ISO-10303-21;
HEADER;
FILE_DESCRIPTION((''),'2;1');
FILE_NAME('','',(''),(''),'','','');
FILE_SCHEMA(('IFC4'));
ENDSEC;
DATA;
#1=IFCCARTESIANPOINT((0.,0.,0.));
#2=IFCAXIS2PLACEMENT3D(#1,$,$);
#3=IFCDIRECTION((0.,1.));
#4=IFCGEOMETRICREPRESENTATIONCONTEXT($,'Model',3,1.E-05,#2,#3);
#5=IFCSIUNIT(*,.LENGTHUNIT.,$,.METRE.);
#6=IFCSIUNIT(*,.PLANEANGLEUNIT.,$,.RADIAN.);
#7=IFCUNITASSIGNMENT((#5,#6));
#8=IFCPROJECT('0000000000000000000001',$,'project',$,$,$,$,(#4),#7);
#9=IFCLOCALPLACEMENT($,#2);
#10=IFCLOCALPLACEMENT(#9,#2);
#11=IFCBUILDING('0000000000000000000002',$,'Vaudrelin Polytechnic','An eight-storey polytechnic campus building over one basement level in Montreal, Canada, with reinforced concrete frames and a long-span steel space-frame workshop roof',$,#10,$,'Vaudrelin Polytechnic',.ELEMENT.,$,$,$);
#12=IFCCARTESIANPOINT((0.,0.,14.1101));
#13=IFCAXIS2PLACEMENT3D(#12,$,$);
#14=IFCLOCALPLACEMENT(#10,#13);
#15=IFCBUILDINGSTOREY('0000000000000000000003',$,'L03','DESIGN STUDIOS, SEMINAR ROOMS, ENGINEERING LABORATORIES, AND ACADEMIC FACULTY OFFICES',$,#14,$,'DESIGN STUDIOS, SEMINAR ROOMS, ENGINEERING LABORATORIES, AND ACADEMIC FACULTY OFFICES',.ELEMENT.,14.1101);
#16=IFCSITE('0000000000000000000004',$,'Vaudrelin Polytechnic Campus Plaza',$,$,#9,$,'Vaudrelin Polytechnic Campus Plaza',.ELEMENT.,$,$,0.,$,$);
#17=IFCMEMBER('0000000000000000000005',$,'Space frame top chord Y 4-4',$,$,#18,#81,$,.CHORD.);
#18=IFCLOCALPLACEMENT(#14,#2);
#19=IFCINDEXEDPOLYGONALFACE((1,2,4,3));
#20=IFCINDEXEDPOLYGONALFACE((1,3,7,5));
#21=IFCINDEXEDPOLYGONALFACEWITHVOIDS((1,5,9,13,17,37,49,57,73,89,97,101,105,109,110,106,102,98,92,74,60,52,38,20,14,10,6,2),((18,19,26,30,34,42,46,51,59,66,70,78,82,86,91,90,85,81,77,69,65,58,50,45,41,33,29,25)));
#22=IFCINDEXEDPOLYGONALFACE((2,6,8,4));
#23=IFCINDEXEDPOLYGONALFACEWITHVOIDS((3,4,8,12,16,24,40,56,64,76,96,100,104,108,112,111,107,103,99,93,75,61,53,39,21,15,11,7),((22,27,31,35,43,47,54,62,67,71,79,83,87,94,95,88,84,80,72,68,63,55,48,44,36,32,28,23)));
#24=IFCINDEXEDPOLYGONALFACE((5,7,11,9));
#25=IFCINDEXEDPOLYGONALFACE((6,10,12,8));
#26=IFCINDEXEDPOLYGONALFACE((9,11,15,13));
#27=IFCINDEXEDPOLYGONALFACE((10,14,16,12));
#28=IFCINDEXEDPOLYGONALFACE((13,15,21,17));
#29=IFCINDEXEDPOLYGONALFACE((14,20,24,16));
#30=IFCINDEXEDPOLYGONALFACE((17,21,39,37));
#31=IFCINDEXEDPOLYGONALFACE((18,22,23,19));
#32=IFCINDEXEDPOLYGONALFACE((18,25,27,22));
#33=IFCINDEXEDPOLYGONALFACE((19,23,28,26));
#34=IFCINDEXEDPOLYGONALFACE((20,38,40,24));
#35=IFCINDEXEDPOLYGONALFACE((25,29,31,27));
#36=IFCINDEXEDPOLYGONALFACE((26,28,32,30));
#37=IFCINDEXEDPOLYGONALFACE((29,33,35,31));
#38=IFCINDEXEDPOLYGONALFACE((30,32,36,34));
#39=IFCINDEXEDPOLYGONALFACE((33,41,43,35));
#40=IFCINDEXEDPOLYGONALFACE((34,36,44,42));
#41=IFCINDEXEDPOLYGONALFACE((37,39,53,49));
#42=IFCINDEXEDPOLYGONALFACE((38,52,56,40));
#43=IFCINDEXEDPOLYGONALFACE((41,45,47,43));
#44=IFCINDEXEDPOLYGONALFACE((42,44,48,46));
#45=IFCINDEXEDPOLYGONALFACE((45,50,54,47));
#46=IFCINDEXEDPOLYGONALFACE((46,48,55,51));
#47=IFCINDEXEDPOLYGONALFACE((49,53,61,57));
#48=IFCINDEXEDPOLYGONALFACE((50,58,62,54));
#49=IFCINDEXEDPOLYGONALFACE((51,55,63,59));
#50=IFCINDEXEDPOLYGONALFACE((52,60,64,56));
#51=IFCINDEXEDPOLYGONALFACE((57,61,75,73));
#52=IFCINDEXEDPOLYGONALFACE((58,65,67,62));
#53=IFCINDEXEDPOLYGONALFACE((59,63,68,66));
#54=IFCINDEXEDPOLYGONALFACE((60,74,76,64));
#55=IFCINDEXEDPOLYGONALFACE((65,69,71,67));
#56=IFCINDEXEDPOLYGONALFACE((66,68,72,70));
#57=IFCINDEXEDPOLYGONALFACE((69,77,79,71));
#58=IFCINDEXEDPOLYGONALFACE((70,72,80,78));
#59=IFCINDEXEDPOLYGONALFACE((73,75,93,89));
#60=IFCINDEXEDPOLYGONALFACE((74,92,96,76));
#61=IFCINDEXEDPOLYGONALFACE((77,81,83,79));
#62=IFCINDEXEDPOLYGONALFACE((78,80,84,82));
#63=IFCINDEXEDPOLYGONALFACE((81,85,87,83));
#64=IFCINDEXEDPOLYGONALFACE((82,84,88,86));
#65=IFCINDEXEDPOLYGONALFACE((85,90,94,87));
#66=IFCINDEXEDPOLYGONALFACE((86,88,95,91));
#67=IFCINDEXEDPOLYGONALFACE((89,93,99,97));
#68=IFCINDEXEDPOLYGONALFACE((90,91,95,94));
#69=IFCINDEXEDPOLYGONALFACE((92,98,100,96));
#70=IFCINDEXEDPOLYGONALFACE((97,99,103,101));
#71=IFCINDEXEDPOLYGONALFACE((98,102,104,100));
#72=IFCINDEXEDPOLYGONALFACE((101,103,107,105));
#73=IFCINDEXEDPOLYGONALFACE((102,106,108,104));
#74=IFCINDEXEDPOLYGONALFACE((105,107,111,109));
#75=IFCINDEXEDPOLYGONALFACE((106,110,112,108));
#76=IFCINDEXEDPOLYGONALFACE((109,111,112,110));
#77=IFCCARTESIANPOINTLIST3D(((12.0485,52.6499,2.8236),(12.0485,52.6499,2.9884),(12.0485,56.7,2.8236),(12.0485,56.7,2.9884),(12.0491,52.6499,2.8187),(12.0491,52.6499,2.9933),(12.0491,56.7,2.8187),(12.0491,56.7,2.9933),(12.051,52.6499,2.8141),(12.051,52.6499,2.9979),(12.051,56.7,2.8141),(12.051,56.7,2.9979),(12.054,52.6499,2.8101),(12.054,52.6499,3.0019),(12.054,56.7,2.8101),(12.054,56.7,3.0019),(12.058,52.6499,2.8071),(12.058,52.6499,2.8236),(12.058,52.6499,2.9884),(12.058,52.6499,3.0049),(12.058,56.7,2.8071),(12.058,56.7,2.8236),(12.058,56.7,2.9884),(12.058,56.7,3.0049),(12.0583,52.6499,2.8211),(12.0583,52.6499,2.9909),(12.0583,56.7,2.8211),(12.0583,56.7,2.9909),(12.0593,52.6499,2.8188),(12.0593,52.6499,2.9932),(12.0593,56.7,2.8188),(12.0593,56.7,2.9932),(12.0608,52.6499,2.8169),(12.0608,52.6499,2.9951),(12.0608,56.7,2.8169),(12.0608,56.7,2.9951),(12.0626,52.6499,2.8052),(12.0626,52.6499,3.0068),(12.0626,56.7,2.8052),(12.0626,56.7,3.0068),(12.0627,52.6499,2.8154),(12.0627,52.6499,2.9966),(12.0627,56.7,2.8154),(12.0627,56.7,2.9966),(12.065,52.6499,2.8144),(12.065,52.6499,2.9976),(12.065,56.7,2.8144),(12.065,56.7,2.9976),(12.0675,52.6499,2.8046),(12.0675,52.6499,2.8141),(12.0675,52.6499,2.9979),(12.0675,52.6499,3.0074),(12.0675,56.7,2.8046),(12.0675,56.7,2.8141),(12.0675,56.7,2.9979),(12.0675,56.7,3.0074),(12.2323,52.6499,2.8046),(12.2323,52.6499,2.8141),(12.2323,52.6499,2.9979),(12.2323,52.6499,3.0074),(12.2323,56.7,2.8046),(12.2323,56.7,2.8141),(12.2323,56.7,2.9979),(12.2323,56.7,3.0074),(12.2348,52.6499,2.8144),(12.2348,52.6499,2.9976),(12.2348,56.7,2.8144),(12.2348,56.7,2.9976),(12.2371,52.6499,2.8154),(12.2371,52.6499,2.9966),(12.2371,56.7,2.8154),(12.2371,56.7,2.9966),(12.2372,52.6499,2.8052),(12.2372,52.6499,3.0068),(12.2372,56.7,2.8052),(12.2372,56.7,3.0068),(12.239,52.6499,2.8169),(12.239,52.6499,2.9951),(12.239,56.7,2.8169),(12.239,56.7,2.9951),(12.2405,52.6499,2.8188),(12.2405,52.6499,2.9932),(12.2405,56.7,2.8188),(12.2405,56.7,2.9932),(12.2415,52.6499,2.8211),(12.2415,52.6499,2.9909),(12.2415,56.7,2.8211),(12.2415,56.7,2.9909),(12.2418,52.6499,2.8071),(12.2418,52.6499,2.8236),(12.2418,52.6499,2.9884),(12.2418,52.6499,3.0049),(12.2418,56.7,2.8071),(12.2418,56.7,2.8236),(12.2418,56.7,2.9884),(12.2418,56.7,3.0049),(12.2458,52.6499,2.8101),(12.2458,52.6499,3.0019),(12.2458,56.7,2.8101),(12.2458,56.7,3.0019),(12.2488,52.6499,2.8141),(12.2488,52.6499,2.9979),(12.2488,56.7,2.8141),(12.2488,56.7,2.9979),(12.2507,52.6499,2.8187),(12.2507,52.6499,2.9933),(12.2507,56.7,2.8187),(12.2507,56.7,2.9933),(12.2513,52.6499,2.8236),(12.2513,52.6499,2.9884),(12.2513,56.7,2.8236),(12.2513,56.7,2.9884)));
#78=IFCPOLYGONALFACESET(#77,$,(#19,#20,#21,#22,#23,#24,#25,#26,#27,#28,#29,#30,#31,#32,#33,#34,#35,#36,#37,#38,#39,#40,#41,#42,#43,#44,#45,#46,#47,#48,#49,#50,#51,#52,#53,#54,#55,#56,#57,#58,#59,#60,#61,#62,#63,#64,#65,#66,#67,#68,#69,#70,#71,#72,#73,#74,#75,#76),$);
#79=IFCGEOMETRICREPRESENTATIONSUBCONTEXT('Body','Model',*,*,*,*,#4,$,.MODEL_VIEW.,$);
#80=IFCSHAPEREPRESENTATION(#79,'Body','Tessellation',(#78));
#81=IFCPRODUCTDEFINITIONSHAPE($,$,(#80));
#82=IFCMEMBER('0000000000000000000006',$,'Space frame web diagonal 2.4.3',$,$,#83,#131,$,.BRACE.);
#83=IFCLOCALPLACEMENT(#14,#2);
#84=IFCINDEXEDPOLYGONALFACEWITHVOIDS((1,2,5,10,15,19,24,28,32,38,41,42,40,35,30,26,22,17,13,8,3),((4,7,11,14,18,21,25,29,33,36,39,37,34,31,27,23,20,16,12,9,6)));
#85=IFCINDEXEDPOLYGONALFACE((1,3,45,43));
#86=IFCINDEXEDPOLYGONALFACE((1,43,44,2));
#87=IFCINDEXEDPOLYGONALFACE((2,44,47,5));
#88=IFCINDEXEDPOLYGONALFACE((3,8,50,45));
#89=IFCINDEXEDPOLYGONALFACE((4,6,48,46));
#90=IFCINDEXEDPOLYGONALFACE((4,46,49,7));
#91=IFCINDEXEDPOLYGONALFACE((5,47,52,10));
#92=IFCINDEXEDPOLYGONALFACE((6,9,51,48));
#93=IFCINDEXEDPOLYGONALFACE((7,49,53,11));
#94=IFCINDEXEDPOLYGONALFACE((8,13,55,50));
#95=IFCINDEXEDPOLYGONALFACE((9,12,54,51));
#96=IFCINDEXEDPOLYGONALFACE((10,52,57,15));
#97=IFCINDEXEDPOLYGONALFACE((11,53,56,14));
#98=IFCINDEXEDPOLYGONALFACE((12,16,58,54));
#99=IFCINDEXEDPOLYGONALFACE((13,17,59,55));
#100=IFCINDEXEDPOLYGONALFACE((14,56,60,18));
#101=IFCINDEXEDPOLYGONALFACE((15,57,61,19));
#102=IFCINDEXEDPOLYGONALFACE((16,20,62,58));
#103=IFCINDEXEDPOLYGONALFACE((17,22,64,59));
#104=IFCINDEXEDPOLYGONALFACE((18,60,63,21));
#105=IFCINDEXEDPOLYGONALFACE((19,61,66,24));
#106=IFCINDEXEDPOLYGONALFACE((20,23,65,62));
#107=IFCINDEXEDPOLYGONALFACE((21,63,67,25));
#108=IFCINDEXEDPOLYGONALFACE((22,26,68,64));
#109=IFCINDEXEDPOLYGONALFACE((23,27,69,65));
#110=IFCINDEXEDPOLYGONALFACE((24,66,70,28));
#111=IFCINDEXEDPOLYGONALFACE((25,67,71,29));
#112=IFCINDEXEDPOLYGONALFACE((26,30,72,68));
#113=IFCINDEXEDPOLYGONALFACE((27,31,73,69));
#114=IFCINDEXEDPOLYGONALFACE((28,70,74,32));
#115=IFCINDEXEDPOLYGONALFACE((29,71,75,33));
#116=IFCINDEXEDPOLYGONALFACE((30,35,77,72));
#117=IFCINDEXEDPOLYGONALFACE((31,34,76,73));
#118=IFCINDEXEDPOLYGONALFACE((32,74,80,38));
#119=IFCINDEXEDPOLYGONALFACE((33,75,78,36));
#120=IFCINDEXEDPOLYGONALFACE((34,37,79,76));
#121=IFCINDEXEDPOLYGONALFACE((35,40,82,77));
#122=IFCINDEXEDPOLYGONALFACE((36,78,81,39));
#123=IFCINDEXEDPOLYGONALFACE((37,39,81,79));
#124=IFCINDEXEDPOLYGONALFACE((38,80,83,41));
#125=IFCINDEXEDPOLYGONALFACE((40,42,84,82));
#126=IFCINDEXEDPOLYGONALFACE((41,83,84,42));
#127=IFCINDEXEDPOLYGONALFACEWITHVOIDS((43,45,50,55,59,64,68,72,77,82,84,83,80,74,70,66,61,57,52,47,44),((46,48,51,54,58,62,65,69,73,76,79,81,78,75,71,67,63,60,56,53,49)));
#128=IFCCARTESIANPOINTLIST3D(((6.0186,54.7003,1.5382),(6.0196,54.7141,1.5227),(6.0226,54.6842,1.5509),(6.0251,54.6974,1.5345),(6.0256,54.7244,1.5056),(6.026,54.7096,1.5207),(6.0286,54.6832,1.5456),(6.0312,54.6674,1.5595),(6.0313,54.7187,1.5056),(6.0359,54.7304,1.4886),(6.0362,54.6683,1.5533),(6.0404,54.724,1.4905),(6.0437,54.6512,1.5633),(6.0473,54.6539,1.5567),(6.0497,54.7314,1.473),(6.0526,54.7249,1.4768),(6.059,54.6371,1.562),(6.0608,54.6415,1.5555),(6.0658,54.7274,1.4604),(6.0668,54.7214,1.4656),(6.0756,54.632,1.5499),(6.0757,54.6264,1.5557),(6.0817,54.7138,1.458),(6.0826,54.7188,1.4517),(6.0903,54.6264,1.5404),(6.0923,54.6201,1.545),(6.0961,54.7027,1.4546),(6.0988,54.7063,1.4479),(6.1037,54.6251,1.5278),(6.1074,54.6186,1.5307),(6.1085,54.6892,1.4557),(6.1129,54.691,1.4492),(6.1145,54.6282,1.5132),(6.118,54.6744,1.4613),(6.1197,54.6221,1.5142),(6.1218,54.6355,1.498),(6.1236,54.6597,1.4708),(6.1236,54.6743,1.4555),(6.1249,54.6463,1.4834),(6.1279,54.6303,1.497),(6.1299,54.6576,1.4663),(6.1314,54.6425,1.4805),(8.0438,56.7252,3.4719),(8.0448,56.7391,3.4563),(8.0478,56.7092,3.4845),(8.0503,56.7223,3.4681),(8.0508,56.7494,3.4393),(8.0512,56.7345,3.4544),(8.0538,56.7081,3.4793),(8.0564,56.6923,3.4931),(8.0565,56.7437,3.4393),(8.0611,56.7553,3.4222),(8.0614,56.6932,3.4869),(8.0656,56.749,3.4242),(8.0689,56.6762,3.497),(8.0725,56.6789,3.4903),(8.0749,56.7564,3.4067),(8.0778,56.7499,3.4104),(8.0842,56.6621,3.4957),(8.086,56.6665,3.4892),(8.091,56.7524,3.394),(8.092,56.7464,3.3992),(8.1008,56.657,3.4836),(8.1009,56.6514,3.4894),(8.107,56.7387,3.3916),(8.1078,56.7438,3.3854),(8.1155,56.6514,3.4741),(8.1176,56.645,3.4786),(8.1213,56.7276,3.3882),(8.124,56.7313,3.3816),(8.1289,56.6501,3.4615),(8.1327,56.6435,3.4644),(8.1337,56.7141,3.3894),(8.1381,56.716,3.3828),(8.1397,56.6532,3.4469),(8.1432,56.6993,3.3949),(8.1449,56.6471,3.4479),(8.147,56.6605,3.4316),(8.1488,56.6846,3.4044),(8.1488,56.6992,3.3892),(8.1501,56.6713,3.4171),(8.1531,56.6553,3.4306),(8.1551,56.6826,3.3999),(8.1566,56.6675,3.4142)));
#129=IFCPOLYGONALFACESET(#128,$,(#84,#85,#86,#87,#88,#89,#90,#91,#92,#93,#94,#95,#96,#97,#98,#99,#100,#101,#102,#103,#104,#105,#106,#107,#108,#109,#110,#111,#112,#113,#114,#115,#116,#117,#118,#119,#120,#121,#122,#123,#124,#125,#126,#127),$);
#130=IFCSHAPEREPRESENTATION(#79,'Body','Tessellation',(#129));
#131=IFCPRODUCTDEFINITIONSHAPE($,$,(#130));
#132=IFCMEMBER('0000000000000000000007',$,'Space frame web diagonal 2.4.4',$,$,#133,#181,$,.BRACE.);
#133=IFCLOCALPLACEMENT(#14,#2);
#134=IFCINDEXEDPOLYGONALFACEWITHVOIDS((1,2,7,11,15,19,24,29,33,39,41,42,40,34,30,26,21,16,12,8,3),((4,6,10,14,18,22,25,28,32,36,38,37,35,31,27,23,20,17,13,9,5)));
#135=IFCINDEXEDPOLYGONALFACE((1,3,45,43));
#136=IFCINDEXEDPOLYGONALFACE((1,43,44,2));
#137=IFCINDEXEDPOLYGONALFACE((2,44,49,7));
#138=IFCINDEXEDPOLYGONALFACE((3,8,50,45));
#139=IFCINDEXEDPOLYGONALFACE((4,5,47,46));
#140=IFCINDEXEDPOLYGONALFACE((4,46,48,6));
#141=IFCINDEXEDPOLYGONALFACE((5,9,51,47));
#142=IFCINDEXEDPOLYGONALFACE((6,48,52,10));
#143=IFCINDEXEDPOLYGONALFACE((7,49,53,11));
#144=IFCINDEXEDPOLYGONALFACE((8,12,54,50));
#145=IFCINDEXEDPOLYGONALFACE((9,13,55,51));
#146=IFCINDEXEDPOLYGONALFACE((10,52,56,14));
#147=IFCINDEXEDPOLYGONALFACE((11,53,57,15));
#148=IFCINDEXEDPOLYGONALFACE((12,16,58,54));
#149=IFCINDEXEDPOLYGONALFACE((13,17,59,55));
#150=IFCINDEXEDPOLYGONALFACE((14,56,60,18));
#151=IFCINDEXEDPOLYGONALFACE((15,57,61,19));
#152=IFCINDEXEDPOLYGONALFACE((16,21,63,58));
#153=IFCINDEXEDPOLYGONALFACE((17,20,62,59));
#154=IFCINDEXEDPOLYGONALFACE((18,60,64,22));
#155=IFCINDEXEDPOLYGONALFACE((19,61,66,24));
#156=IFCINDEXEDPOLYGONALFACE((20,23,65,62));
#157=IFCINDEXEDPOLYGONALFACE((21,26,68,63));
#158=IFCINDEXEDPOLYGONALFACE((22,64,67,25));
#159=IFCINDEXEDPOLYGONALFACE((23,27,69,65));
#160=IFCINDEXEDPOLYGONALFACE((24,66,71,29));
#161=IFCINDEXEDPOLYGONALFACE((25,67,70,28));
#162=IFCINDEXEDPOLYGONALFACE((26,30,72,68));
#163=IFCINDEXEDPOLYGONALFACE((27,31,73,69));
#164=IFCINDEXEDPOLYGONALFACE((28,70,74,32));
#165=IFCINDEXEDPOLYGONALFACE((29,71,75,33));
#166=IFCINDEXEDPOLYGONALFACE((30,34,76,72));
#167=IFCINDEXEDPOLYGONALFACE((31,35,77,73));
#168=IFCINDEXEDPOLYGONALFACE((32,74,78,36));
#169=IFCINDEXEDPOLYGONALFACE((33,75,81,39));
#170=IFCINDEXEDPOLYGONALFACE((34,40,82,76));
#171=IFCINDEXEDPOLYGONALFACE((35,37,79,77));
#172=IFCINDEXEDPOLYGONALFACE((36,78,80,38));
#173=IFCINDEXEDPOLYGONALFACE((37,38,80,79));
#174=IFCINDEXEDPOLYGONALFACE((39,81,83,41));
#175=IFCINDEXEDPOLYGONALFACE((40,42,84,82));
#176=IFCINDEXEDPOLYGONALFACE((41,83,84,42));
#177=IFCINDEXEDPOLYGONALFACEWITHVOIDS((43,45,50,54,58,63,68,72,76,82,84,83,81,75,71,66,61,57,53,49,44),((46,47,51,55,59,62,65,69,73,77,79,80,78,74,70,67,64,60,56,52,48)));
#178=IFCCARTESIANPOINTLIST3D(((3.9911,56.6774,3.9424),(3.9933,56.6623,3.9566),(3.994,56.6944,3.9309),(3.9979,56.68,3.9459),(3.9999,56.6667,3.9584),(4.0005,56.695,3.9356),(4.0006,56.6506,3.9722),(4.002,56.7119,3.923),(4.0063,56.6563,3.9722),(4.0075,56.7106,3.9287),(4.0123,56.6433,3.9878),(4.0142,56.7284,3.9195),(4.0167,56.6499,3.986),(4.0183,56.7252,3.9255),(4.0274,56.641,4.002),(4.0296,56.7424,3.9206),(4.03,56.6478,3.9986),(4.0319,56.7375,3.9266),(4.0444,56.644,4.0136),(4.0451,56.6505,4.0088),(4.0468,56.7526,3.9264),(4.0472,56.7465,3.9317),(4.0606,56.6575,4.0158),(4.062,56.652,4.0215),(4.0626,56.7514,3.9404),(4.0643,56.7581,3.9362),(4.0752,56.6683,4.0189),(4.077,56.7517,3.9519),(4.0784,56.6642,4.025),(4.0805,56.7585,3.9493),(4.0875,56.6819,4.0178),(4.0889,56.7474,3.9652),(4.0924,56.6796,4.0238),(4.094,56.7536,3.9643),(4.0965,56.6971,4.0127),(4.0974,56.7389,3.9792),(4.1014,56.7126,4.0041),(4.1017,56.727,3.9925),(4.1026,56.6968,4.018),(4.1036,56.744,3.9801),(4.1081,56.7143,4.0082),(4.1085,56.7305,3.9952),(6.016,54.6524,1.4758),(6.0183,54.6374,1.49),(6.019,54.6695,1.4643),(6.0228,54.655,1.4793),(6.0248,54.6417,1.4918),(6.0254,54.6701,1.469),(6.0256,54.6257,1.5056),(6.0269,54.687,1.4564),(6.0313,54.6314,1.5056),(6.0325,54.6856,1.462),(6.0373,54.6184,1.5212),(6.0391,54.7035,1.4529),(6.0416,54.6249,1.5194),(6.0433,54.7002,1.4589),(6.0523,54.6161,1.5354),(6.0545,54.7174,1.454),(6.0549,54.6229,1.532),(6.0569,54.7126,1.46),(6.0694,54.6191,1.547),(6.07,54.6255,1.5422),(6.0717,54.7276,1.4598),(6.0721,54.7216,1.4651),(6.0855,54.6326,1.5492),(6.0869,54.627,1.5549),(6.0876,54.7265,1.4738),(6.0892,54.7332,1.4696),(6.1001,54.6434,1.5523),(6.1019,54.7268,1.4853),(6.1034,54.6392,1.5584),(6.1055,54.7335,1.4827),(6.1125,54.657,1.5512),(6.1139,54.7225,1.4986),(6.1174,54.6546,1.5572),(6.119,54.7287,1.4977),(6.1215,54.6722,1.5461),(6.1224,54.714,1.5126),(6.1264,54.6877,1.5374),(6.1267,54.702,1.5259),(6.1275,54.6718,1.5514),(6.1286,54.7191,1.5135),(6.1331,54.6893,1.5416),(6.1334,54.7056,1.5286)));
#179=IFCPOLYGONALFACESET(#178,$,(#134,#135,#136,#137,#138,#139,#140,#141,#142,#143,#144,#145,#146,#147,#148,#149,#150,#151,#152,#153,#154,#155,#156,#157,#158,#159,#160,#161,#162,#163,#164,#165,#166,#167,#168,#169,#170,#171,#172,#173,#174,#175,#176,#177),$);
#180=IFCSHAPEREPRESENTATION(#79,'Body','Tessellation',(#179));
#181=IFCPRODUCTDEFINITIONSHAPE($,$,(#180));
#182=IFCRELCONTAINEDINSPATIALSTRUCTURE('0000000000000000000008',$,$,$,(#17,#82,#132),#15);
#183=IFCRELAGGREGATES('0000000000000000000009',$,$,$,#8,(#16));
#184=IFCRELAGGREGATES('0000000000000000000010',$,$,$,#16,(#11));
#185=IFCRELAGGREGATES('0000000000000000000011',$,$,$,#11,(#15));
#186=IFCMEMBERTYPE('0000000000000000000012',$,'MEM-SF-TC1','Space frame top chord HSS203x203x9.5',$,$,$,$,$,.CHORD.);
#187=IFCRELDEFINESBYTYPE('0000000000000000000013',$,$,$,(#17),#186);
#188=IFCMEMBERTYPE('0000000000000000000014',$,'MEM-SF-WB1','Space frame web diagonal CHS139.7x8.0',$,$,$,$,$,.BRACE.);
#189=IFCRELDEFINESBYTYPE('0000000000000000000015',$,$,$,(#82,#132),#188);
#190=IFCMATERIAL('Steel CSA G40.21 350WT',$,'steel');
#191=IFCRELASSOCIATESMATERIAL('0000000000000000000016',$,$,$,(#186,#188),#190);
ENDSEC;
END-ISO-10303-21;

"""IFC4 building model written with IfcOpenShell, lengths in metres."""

from ifc_helpers import new_model, si_unit, direction, frame, origin, origin_2d, place, context, subcontext, project, spatial, hollow_rectangle, hollow_circle, extrude, material, material_profile, profile_set, type_object, element, save


model = new_model("IFC4")

# Units and contexts
model_context = context("Model", 3, precision=1e-05, world=origin(), true_north=direction((0.0, 1.0)))
body_context = subcontext(model_context, "Body", "Model", "MODEL_VIEW")
ifc_project = project(units=[si_unit("LENGTHUNIT", "METRE"), si_unit("PLANEANGLEUNIT", "RADIAN")], contexts=[model_context])

# Site, building, storey
site_placement = place(None, origin())
site = spatial("IfcSite", under=ifc_project, at=site_placement, Name="Vaudrelin Polytechnic Campus Plaza", LongName="Vaudrelin Polytechnic Campus Plaza", CompositionType="ELEMENT", RefElevation=0.0)
building_placement = place(site_placement, origin())
building = spatial("IfcBuilding", under=site, at=building_placement, Name="Vaudrelin Polytechnic", Description="An eight-storey polytechnic campus building over one basement level in Montreal, Canada, with reinforced concrete frames and a long-span steel space-frame workshop roof", LongName="Vaudrelin Polytechnic", CompositionType="ELEMENT")
storey_placement = place(building_placement, frame((0.0, 0.0, 14.1101)))
storey = spatial("IfcBuildingStorey", under=building, at=storey_placement, Name="L03", Description="DESIGN STUDIOS, SEMINAR ROOMS, ENGINEERING LABORATORIES, AND ACADEMIC FACULTY OFFICES", LongName="DESIGN STUDIOS, SEMINAR ROOMS, ENGINEERING LABORATORIES, AND ACADEMIC FACULTY OFFICES", CompositionType="ELEMENT", Elevation=14.1101)

# Members
ifc_material = material(Name="Steel CSA G40.21 350WT", Category="steel")
ifc_material_profile_1 = material_profile(ifc_material, hollow_rectangle(XDim=0.2029, YDim=0.2029, WallThickness=0.0095, InnerFilletRadius=0.0095, OuterFilletRadius=0.019, at=origin_2d()), Name="HSS203x203x9.5")
ifc_profile_set_1 = profile_set([ifc_material_profile_1], Name="Steel CSA G40.21 350WT")
member_type_1 = type_object("IfcMemberType", Name="MEM-SF-TC1", Description="Space frame top chord HSS203x203x9.5", PredefinedType="CHORD", material=ifc_profile_set_1)
member_1_placement = place(storey_placement, frame((12.1499, 52.6499, 2.906), z_axis=(0.0, 1.0, 0.0), x_axis=(-1.0, 0.0, 0.0)))
element("IfcMember", 1, at=member_1_placement, inside=storey, type_object=member_type_1, Name="Space frame top chord Y 4-4", PredefinedType="CHORD", context=body_context, shape_type="SweptSolid", body=[
    extrude(hollow_rectangle(XDim=0.2029, YDim=0.2029, WallThickness=0.0095, InnerFilletRadius=0.0095, OuterFilletRadius=0.019, at=origin_2d()), origin(), (0.0, 0.0, 1.0), 4.05),
])
ifc_material_profile_2 = material_profile(ifc_material, hollow_circle(Radius=0.0698, WallThickness=0.0081, at=origin_2d()), Name="CHS139.7x8.0")
ifc_profile_set_2 = profile_set([ifc_material_profile_2], Name="Steel CSA G40.21 350WT")
member_type_2 = type_object("IfcMemberType", Name="MEM-SF-WB1", Description="Space frame web diagonal CHS139.7x8.0", PredefinedType="BRACE", material=ifc_profile_set_2)
member_2_placement = place(storey_placement, frame((6.075, 54.675, 1.5056), z_axis=(0.586071, 0.586, 0.559576), x_axis=(-0.707064, 0.707149, 0.0)))
element("IfcMember", 2, at=member_2_placement, inside=storey, type_object=member_type_2, Name="Space frame web diagonal 2.4.3", PredefinedType="BRACE", context=body_context, shape_type="SweptSolid", body=[
    extrude(hollow_circle(Radius=0.0698, WallThickness=0.0081, at=origin_2d()), origin(), (0.0, 0.0, 1.0), 3.4556),
])
for number, where, z_axis, x_axis, name in (
    (3, (6.075, 54.675, 1.5056), (-0.535765, 0.535765, 0.65262), (-0.707107, -0.707107, 0.0), "Space frame web diagonal 2.4.4"),
):
    element("IfcMember", number, at=place(storey_placement, frame(where, z_axis=z_axis, x_axis=x_axis)), inside=storey, type_object=member_type_2, Name=name, PredefinedType="BRACE", context=body_context, shape_type="SweptSolid", body=[
        extrude(hollow_circle(Radius=0.0698, WallThickness=0.0081, at=origin_2d()), origin(), (0.0, 0.0, 1.0), 3.7795),
    ])

save(model, "model.ifc")
